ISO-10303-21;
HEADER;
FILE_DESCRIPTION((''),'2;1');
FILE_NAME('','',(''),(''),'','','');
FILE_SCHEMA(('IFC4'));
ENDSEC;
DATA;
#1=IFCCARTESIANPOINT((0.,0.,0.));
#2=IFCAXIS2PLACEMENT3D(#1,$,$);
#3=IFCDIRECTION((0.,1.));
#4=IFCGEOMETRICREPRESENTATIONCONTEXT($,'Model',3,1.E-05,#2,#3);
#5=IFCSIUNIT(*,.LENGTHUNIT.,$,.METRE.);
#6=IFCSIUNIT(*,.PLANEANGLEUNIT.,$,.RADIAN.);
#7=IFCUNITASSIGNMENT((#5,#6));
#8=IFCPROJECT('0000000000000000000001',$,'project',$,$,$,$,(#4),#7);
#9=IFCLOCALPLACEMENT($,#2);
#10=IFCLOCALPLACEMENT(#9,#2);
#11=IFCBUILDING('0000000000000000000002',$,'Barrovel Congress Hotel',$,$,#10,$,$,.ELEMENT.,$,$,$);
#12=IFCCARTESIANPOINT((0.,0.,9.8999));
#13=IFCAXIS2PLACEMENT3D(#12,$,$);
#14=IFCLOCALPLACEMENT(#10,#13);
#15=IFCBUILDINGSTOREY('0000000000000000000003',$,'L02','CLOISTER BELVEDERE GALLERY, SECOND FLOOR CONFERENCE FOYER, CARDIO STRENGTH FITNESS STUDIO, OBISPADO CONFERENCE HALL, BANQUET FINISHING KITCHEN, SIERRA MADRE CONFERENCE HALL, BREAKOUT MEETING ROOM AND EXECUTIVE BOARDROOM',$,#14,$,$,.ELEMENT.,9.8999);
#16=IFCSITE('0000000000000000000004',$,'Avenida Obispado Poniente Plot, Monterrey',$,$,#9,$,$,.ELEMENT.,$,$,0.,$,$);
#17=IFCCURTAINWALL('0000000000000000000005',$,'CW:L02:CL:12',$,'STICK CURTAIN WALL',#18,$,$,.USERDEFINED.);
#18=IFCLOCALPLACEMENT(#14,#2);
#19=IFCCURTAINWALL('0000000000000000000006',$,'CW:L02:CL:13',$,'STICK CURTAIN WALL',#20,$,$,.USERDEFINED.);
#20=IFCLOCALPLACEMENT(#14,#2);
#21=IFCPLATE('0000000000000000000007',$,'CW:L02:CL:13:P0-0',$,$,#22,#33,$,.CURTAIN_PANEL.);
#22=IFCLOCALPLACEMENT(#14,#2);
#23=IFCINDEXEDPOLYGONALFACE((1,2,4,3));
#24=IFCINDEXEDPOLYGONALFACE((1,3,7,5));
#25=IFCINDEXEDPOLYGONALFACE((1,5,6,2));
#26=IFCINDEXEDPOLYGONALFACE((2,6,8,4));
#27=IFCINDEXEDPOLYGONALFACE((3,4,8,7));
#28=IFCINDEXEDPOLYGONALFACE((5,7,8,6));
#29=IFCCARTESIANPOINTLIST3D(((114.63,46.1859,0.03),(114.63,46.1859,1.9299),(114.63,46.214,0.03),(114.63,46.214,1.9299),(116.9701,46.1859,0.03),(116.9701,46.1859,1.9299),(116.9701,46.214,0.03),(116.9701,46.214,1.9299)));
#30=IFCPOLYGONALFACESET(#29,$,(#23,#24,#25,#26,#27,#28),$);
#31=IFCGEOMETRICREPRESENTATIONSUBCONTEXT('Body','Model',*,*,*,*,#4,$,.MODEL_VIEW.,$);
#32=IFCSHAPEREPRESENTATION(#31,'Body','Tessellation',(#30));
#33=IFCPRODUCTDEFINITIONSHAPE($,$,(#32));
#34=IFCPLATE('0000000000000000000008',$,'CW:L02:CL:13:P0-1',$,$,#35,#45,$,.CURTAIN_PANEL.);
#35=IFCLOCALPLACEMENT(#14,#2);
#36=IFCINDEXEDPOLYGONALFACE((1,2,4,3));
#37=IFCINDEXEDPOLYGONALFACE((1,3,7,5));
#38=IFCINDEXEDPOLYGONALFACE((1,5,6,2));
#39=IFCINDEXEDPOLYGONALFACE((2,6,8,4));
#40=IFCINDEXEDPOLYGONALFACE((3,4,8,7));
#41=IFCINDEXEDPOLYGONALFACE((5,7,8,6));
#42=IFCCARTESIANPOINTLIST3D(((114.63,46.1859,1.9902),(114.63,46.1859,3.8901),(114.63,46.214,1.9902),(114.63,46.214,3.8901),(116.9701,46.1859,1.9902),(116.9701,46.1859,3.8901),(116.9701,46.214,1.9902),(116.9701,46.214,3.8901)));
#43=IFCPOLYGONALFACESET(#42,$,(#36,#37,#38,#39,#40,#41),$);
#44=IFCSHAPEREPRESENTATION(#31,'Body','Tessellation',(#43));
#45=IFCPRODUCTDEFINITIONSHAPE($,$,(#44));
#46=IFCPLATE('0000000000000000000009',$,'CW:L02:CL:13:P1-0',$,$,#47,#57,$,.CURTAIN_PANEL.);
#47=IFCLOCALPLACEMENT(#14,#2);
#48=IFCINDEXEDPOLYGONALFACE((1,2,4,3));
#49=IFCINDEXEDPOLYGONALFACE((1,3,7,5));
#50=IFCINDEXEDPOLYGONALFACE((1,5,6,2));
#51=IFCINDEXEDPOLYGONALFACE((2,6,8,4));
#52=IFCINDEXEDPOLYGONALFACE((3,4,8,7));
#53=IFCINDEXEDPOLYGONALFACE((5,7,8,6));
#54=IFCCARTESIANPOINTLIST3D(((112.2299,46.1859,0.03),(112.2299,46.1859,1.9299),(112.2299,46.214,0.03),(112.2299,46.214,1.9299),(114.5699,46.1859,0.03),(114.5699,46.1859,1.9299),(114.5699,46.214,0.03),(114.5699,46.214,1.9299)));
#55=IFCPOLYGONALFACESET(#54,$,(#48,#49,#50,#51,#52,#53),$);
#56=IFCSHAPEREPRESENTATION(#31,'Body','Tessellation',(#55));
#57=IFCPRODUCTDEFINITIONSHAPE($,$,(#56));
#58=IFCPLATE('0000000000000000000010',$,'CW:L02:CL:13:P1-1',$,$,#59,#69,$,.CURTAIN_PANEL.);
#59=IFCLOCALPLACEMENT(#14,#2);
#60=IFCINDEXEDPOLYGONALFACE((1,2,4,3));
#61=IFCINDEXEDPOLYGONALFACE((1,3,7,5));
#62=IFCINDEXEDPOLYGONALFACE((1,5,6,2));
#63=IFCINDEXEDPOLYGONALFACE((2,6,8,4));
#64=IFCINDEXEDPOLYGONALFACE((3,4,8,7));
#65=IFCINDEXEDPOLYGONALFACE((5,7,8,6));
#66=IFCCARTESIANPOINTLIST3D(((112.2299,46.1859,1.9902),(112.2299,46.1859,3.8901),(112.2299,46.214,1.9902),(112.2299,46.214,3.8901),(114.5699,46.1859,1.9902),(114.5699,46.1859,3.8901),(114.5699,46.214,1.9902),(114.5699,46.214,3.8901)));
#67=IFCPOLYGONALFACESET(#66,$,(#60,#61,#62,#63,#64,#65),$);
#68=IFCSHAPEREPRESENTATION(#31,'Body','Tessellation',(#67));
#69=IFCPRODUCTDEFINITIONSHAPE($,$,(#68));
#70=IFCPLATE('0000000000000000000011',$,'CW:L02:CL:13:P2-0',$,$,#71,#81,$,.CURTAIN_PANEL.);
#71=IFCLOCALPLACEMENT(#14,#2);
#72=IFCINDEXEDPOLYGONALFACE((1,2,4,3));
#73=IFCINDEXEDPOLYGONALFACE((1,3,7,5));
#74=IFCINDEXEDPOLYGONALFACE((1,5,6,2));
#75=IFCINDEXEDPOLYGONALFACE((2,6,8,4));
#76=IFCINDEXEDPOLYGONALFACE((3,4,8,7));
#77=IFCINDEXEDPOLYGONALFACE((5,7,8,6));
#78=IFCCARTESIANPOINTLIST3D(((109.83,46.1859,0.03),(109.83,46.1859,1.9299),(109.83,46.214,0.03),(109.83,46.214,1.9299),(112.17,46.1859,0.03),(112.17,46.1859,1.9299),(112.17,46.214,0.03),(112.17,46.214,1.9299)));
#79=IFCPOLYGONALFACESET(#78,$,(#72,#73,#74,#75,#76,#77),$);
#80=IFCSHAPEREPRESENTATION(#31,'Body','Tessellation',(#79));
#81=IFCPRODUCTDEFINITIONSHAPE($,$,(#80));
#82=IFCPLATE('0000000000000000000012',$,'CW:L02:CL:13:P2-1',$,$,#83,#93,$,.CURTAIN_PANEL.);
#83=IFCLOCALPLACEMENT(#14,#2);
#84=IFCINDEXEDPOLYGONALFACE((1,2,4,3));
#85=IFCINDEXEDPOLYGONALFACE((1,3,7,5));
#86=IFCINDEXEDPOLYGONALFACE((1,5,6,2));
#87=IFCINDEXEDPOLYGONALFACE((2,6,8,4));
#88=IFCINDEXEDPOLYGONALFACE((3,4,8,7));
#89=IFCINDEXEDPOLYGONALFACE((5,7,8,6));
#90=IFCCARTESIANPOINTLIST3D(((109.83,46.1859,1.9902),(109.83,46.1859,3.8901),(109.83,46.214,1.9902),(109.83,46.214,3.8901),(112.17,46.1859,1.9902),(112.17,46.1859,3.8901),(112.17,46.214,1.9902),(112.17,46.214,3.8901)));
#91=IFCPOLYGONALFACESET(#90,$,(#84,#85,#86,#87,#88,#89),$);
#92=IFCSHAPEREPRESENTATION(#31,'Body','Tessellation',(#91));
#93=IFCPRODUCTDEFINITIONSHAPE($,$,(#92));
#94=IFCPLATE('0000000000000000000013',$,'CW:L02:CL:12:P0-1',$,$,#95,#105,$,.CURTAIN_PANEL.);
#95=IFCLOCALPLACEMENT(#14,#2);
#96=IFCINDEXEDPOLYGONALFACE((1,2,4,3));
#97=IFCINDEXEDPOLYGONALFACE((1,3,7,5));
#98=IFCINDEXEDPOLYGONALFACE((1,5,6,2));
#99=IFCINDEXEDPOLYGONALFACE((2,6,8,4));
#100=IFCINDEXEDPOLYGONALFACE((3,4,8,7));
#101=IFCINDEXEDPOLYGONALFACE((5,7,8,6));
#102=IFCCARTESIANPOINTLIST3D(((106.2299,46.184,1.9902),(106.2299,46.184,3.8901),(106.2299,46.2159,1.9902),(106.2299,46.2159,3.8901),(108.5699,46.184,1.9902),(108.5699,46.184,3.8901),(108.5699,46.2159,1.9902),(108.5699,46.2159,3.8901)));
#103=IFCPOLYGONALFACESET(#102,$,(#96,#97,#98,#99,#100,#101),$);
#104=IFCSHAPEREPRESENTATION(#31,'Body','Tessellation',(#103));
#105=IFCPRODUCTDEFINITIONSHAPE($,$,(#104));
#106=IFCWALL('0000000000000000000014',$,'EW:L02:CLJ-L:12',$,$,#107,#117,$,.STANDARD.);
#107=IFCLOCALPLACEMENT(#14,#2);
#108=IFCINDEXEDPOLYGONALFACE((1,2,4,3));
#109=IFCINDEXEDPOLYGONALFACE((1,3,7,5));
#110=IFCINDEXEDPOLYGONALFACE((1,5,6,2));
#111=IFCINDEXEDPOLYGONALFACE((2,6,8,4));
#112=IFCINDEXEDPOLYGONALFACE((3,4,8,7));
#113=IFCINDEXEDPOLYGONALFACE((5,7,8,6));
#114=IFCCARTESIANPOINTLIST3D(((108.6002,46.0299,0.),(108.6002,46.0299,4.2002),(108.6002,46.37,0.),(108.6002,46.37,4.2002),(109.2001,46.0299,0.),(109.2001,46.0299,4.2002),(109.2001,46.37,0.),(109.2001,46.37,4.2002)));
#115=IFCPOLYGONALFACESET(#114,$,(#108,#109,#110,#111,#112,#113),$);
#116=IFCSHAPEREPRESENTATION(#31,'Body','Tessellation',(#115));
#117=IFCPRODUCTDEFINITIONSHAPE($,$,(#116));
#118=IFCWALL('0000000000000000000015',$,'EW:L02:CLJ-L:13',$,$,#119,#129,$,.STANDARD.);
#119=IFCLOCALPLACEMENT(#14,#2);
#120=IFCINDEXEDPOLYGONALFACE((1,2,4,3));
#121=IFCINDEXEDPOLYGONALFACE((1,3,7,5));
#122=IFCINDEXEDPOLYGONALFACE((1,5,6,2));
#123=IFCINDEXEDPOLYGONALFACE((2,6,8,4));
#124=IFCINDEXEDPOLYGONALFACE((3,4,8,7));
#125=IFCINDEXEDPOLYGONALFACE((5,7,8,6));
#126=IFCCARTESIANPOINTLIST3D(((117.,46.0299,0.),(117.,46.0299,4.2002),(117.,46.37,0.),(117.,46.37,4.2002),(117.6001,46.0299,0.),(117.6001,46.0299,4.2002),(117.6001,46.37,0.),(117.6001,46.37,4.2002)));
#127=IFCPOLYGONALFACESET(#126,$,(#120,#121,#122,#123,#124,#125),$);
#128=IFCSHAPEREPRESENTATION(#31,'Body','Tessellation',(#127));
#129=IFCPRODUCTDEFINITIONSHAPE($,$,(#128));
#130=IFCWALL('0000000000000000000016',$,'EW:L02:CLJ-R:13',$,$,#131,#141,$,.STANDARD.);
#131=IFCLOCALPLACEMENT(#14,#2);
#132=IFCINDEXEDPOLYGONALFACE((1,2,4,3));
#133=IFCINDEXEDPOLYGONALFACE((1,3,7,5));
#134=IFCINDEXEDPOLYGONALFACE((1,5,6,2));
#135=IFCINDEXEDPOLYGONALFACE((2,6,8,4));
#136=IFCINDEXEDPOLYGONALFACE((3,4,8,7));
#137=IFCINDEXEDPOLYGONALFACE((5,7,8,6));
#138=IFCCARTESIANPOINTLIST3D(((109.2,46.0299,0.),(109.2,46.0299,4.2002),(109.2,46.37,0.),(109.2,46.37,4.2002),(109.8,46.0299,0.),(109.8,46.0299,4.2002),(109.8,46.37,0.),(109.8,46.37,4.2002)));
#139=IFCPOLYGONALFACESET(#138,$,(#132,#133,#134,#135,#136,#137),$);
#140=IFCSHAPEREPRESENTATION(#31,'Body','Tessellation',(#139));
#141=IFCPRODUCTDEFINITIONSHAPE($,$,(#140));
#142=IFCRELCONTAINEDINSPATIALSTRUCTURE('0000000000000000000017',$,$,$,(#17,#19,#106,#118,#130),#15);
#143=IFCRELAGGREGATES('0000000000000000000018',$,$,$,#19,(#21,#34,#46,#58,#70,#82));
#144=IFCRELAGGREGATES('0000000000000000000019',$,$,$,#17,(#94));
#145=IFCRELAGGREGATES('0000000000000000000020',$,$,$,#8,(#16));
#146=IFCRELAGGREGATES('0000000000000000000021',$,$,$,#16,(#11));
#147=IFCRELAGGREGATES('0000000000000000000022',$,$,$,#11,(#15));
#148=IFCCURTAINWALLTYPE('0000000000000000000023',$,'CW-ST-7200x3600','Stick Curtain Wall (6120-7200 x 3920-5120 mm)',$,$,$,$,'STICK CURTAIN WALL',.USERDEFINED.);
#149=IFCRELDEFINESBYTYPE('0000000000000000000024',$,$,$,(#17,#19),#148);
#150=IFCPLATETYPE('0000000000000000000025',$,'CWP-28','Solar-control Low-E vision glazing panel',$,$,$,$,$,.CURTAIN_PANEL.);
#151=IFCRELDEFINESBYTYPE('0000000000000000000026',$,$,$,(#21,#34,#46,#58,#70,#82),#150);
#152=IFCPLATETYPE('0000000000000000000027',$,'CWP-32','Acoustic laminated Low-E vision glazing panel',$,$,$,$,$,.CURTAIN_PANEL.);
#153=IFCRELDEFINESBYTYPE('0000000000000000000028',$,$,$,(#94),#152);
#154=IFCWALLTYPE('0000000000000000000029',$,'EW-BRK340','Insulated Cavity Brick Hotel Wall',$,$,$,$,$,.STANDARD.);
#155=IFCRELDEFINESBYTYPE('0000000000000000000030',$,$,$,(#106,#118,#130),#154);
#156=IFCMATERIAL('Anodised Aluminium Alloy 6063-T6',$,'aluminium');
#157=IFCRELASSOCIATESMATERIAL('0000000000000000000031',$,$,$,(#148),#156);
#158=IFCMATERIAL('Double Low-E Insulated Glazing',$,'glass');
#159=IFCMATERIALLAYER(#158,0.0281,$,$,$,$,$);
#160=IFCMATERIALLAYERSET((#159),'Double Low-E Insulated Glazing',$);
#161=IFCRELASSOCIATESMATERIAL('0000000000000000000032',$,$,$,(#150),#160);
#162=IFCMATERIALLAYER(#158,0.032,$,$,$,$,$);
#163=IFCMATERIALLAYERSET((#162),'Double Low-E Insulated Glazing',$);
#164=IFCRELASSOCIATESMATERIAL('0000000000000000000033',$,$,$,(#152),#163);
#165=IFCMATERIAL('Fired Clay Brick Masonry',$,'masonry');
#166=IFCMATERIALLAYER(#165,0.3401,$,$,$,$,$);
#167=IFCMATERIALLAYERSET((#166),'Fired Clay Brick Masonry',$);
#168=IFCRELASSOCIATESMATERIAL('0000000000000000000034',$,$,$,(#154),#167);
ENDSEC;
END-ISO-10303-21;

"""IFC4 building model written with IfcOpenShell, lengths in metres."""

from ifc_helpers import new_model, si_unit, direction, frame, frame_2d, origin, origin_2d, place, context, subcontext, project, spatial, rectangle, extrude, material, layer, layer_set, type_object, element, aggregate, save


model = new_model("IFC4")

# Units and contexts
model_context = context("Model", 3, precision=1e-05, world=origin(), true_north=direction((0.0, 1.0)))
body_context = subcontext(model_context, "Body", "Model", "MODEL_VIEW")
ifc_project = project(units=[si_unit("LENGTHUNIT", "METRE"), si_unit("PLANEANGLEUNIT", "RADIAN")], contexts=[model_context])

# Site, building, storey
site_placement = place(None, origin())
site = spatial("IfcSite", under=ifc_project, at=site_placement, Name="Avenida Obispado Poniente Plot, Monterrey", CompositionType="ELEMENT", RefElevation=0.0)
building_placement = place(site_placement, origin())
building = spatial("IfcBuilding", under=site, at=building_placement, Name="Barrovel Congress Hotel", CompositionType="ELEMENT")
storey_placement = place(building_placement, frame((0.0, 0.0, 9.8999)))
storey = spatial("IfcBuildingStorey", under=building, at=storey_placement, Name="L02", Description="CLOISTER BELVEDERE GALLERY, SECOND FLOOR CONFERENCE FOYER, CARDIO STRENGTH FITNESS STUDIO, OBISPADO CONFERENCE HALL, BANQUET FINISHING KITCHEN, SIERRA MADRE CONFERENCE HALL, BREAKOUT MEETING ROOM AND EXECUTIVE BOARDROOM", CompositionType="ELEMENT", Elevation=9.8999)

# Curtain wall
ifc_material_1 = material(Name="Anodised Aluminium Alloy 6063-T6", Category="aluminium")
curtain_wall_type = type_object("IfcCurtainWallType", Name="CW-ST-7200x3600", Description="Stick Curtain Wall (6120-7200 x 3920-5120 mm)", ElementType="STICK CURTAIN WALL", PredefinedType="USERDEFINED", material=ifc_material_1)
curtain_wall_1_placement = place(storey_placement, origin())
curtain_wall_1 = element("IfcCurtainWall", 1, at=curtain_wall_1_placement, inside=storey, type_object=curtain_wall_type, Name="CW:L02:CL:12", ObjectType="STICK CURTAIN WALL", PredefinedType="USERDEFINED")

# Curtain wall
curtain_wall_2_placement = place(storey_placement, origin())
curtain_wall_2 = element("IfcCurtainWall", 2, at=curtain_wall_2_placement, inside=storey, type_object=curtain_wall_type, Name="CW:L02:CL:13", ObjectType="STICK CURTAIN WALL", PredefinedType="USERDEFINED")

# Plates
ifc_material_2 = material(Name="Double Low-E Insulated Glazing", Category="glass")
ifc_layer_1 = layer(ifc_material_2, 0.0281)
ifc_layer_set_1 = layer_set([ifc_layer_1], Name="Double Low-E Insulated Glazing")
plate_type_1 = type_object("IfcPlateType", Name="CWP-28", Description="Solar-control Low-E vision glazing panel", PredefinedType="CURTAIN_PANEL", material=ifc_layer_set_1)
plate_1_placement = place(storey_placement, frame((115.8, 46.2, 0.03), z_axis=(0.0, 0.0, 1.0), x_axis=(-1.0, 0.0, 0.0)))
plate_1 = element("IfcPlate", 3, at=plate_1_placement, type_object=plate_type_1, Name="CW:L02:CL:13:P0-0", PredefinedType="CURTAIN_PANEL", context=body_context, shape_type="SweptSolid", body=[
    extrude(rectangle(XDim=2.3401, YDim=0.0281, at=origin_2d()), origin(), (0.0, 0.0, 1.0), 1.8999),
])
plate_2_placement = place(storey_placement, frame((115.8, 46.2, 1.9902), z_axis=(0.0, 0.0, 1.0), x_axis=(-1.0, 0.0, 0.0)))
plate_2 = element("IfcPlate", 4, at=plate_2_placement, type_object=plate_type_1, Name="CW:L02:CL:13:P0-1", PredefinedType="CURTAIN_PANEL", context=body_context, shape_type="SweptSolid", body=[
    extrude(rectangle(XDim=2.3401, YDim=0.0281, at=origin_2d()), origin(), (0.0, 0.0, 1.0), 1.8999),
])
plate_3_placement = place(storey_placement, frame((113.3999, 46.2, 0.03), z_axis=(0.0, 0.0, 1.0), x_axis=(-1.0, 0.0, 0.0)))
plate_3 = element("IfcPlate", 5, at=plate_3_placement, type_object=plate_type_1, Name="CW:L02:CL:13:P1-0", PredefinedType="CURTAIN_PANEL", context=body_context, shape_type="SweptSolid", body=[
    extrude(rectangle(XDim=2.3401, YDim=0.0281, at=origin_2d()), origin(), (0.0, 0.0, 1.0), 1.8999),
])
plate_4_placement = place(storey_placement, frame((113.3999, 46.2, 1.9902), z_axis=(0.0, 0.0, 1.0), x_axis=(-1.0, 0.0, 0.0)))
plate_4 = element("IfcPlate", 6, at=plate_4_placement, type_object=plate_type_1, Name="CW:L02:CL:13:P1-1", PredefinedType="CURTAIN_PANEL", context=body_context, shape_type="SweptSolid", body=[
    extrude(rectangle(XDim=2.3401, YDim=0.0281, at=origin_2d()), origin(), (0.0, 0.0, 1.0), 1.8999),
])
plate_5_placement = place(storey_placement, frame((111.0, 46.2, 0.03), z_axis=(0.0, 0.0, 1.0), x_axis=(-1.0, 0.0, 0.0)))
plate_5 = element("IfcPlate", 7, at=plate_5_placement, type_object=plate_type_1, Name="CW:L02:CL:13:P2-0", PredefinedType="CURTAIN_PANEL", context=body_context, shape_type="SweptSolid", body=[
    extrude(rectangle(XDim=2.3401, YDim=0.0281, at=origin_2d()), origin(), (0.0, 0.0, 1.0), 1.8999),
])
plate_6_placement = place(storey_placement, frame((111.0, 46.2, 1.9902), z_axis=(0.0, 0.0, 1.0), x_axis=(-1.0, 0.0, 0.0)))
plate_6 = element("IfcPlate", 8, at=plate_6_placement, type_object=plate_type_1, Name="CW:L02:CL:13:P2-1", PredefinedType="CURTAIN_PANEL", context=body_context, shape_type="SweptSolid", body=[
    extrude(rectangle(XDim=2.3401, YDim=0.0281, at=origin_2d()), origin(), (0.0, 0.0, 1.0), 1.8999),
])
aggregate(curtain_wall_2, [plate_1, plate_2, plate_3, plate_4, plate_5, plate_6])
ifc_layer_2 = layer(ifc_material_2, 0.032)
ifc_layer_set_2 = layer_set([ifc_layer_2], Name="Double Low-E Insulated Glazing")
plate_type_2 = type_object("IfcPlateType", Name="CWP-32", Description="Acoustic laminated Low-E vision glazing panel", PredefinedType="CURTAIN_PANEL", material=ifc_layer_set_2)
plate_7_placement = place(storey_placement, frame((107.3999, 46.2, 1.9902), z_axis=(0.0, 0.0, 1.0), x_axis=(-1.0, 0.0, 0.0)))
plate_7 = element("IfcPlate", 9, at=plate_7_placement, type_object=plate_type_2, Name="CW:L02:CL:12:P0-1", PredefinedType="CURTAIN_PANEL", context=body_context, shape_type="SweptSolid", body=[
    extrude(rectangle(XDim=2.3401, YDim=0.032, at=origin_2d()), origin(), (0.0, 0.0, 1.0), 1.8999),
])
aggregate(curtain_wall_1, [plate_7])

# Walls
ifc_material_3 = material(Name="Fired Clay Brick Masonry", Category="masonry")
ifc_layer_3 = layer(ifc_material_3, 0.3401)
ifc_layer_set_3 = layer_set([ifc_layer_3], Name="Fired Clay Brick Masonry")
wall_type = type_object("IfcWallType", Name="EW-BRK340", Description="Insulated Cavity Brick Hotel Wall", PredefinedType="STANDARD", material=ifc_layer_set_3)
wall_placement = place(storey_placement, frame((109.2, 46.2, 0.0), z_axis=(0.0, 0.0, 1.0), x_axis=(-1.0, 0.0, 0.0)))
element("IfcWall", 10, at=wall_placement, inside=storey, type_object=wall_type, Name="EW:L02:CLJ-L:12", PredefinedType="STANDARD", context=body_context, shape_type="SweptSolid", body=[
    extrude(rectangle(XDim=0.5999, YDim=0.3401, at=frame_2d((0.2998, 0.0))), origin(), (0.0, 0.0, 1.0), 4.2002),
])
for number, where, z_axis, x_axis, name in (
    (11, (117.6001, 46.2, 0.0), (0.0, 0.0, 1.0), (-1.0, 0.0, 0.0), "EW:L02:CLJ-L:13"),
    (12, (109.8, 46.2, 0.0), (0.0, 0.0, 1.0), (-1.0, 0.0, 0.0), "EW:L02:CLJ-R:13"),
):
    element("IfcWall", number, at=place(storey_placement, frame(where, z_axis=z_axis, x_axis=x_axis)), inside=storey, type_object=wall_type, Name=name, PredefinedType="STANDARD", context=body_context, shape_type="SweptSolid", body=[
        extrude(rectangle(XDim=0.6001, YDim=0.3401, at=frame_2d((0.3, 0.0))), origin(), (0.0, 0.0, 1.0), 4.2002),
    ])

save(model, "model.ifc")
